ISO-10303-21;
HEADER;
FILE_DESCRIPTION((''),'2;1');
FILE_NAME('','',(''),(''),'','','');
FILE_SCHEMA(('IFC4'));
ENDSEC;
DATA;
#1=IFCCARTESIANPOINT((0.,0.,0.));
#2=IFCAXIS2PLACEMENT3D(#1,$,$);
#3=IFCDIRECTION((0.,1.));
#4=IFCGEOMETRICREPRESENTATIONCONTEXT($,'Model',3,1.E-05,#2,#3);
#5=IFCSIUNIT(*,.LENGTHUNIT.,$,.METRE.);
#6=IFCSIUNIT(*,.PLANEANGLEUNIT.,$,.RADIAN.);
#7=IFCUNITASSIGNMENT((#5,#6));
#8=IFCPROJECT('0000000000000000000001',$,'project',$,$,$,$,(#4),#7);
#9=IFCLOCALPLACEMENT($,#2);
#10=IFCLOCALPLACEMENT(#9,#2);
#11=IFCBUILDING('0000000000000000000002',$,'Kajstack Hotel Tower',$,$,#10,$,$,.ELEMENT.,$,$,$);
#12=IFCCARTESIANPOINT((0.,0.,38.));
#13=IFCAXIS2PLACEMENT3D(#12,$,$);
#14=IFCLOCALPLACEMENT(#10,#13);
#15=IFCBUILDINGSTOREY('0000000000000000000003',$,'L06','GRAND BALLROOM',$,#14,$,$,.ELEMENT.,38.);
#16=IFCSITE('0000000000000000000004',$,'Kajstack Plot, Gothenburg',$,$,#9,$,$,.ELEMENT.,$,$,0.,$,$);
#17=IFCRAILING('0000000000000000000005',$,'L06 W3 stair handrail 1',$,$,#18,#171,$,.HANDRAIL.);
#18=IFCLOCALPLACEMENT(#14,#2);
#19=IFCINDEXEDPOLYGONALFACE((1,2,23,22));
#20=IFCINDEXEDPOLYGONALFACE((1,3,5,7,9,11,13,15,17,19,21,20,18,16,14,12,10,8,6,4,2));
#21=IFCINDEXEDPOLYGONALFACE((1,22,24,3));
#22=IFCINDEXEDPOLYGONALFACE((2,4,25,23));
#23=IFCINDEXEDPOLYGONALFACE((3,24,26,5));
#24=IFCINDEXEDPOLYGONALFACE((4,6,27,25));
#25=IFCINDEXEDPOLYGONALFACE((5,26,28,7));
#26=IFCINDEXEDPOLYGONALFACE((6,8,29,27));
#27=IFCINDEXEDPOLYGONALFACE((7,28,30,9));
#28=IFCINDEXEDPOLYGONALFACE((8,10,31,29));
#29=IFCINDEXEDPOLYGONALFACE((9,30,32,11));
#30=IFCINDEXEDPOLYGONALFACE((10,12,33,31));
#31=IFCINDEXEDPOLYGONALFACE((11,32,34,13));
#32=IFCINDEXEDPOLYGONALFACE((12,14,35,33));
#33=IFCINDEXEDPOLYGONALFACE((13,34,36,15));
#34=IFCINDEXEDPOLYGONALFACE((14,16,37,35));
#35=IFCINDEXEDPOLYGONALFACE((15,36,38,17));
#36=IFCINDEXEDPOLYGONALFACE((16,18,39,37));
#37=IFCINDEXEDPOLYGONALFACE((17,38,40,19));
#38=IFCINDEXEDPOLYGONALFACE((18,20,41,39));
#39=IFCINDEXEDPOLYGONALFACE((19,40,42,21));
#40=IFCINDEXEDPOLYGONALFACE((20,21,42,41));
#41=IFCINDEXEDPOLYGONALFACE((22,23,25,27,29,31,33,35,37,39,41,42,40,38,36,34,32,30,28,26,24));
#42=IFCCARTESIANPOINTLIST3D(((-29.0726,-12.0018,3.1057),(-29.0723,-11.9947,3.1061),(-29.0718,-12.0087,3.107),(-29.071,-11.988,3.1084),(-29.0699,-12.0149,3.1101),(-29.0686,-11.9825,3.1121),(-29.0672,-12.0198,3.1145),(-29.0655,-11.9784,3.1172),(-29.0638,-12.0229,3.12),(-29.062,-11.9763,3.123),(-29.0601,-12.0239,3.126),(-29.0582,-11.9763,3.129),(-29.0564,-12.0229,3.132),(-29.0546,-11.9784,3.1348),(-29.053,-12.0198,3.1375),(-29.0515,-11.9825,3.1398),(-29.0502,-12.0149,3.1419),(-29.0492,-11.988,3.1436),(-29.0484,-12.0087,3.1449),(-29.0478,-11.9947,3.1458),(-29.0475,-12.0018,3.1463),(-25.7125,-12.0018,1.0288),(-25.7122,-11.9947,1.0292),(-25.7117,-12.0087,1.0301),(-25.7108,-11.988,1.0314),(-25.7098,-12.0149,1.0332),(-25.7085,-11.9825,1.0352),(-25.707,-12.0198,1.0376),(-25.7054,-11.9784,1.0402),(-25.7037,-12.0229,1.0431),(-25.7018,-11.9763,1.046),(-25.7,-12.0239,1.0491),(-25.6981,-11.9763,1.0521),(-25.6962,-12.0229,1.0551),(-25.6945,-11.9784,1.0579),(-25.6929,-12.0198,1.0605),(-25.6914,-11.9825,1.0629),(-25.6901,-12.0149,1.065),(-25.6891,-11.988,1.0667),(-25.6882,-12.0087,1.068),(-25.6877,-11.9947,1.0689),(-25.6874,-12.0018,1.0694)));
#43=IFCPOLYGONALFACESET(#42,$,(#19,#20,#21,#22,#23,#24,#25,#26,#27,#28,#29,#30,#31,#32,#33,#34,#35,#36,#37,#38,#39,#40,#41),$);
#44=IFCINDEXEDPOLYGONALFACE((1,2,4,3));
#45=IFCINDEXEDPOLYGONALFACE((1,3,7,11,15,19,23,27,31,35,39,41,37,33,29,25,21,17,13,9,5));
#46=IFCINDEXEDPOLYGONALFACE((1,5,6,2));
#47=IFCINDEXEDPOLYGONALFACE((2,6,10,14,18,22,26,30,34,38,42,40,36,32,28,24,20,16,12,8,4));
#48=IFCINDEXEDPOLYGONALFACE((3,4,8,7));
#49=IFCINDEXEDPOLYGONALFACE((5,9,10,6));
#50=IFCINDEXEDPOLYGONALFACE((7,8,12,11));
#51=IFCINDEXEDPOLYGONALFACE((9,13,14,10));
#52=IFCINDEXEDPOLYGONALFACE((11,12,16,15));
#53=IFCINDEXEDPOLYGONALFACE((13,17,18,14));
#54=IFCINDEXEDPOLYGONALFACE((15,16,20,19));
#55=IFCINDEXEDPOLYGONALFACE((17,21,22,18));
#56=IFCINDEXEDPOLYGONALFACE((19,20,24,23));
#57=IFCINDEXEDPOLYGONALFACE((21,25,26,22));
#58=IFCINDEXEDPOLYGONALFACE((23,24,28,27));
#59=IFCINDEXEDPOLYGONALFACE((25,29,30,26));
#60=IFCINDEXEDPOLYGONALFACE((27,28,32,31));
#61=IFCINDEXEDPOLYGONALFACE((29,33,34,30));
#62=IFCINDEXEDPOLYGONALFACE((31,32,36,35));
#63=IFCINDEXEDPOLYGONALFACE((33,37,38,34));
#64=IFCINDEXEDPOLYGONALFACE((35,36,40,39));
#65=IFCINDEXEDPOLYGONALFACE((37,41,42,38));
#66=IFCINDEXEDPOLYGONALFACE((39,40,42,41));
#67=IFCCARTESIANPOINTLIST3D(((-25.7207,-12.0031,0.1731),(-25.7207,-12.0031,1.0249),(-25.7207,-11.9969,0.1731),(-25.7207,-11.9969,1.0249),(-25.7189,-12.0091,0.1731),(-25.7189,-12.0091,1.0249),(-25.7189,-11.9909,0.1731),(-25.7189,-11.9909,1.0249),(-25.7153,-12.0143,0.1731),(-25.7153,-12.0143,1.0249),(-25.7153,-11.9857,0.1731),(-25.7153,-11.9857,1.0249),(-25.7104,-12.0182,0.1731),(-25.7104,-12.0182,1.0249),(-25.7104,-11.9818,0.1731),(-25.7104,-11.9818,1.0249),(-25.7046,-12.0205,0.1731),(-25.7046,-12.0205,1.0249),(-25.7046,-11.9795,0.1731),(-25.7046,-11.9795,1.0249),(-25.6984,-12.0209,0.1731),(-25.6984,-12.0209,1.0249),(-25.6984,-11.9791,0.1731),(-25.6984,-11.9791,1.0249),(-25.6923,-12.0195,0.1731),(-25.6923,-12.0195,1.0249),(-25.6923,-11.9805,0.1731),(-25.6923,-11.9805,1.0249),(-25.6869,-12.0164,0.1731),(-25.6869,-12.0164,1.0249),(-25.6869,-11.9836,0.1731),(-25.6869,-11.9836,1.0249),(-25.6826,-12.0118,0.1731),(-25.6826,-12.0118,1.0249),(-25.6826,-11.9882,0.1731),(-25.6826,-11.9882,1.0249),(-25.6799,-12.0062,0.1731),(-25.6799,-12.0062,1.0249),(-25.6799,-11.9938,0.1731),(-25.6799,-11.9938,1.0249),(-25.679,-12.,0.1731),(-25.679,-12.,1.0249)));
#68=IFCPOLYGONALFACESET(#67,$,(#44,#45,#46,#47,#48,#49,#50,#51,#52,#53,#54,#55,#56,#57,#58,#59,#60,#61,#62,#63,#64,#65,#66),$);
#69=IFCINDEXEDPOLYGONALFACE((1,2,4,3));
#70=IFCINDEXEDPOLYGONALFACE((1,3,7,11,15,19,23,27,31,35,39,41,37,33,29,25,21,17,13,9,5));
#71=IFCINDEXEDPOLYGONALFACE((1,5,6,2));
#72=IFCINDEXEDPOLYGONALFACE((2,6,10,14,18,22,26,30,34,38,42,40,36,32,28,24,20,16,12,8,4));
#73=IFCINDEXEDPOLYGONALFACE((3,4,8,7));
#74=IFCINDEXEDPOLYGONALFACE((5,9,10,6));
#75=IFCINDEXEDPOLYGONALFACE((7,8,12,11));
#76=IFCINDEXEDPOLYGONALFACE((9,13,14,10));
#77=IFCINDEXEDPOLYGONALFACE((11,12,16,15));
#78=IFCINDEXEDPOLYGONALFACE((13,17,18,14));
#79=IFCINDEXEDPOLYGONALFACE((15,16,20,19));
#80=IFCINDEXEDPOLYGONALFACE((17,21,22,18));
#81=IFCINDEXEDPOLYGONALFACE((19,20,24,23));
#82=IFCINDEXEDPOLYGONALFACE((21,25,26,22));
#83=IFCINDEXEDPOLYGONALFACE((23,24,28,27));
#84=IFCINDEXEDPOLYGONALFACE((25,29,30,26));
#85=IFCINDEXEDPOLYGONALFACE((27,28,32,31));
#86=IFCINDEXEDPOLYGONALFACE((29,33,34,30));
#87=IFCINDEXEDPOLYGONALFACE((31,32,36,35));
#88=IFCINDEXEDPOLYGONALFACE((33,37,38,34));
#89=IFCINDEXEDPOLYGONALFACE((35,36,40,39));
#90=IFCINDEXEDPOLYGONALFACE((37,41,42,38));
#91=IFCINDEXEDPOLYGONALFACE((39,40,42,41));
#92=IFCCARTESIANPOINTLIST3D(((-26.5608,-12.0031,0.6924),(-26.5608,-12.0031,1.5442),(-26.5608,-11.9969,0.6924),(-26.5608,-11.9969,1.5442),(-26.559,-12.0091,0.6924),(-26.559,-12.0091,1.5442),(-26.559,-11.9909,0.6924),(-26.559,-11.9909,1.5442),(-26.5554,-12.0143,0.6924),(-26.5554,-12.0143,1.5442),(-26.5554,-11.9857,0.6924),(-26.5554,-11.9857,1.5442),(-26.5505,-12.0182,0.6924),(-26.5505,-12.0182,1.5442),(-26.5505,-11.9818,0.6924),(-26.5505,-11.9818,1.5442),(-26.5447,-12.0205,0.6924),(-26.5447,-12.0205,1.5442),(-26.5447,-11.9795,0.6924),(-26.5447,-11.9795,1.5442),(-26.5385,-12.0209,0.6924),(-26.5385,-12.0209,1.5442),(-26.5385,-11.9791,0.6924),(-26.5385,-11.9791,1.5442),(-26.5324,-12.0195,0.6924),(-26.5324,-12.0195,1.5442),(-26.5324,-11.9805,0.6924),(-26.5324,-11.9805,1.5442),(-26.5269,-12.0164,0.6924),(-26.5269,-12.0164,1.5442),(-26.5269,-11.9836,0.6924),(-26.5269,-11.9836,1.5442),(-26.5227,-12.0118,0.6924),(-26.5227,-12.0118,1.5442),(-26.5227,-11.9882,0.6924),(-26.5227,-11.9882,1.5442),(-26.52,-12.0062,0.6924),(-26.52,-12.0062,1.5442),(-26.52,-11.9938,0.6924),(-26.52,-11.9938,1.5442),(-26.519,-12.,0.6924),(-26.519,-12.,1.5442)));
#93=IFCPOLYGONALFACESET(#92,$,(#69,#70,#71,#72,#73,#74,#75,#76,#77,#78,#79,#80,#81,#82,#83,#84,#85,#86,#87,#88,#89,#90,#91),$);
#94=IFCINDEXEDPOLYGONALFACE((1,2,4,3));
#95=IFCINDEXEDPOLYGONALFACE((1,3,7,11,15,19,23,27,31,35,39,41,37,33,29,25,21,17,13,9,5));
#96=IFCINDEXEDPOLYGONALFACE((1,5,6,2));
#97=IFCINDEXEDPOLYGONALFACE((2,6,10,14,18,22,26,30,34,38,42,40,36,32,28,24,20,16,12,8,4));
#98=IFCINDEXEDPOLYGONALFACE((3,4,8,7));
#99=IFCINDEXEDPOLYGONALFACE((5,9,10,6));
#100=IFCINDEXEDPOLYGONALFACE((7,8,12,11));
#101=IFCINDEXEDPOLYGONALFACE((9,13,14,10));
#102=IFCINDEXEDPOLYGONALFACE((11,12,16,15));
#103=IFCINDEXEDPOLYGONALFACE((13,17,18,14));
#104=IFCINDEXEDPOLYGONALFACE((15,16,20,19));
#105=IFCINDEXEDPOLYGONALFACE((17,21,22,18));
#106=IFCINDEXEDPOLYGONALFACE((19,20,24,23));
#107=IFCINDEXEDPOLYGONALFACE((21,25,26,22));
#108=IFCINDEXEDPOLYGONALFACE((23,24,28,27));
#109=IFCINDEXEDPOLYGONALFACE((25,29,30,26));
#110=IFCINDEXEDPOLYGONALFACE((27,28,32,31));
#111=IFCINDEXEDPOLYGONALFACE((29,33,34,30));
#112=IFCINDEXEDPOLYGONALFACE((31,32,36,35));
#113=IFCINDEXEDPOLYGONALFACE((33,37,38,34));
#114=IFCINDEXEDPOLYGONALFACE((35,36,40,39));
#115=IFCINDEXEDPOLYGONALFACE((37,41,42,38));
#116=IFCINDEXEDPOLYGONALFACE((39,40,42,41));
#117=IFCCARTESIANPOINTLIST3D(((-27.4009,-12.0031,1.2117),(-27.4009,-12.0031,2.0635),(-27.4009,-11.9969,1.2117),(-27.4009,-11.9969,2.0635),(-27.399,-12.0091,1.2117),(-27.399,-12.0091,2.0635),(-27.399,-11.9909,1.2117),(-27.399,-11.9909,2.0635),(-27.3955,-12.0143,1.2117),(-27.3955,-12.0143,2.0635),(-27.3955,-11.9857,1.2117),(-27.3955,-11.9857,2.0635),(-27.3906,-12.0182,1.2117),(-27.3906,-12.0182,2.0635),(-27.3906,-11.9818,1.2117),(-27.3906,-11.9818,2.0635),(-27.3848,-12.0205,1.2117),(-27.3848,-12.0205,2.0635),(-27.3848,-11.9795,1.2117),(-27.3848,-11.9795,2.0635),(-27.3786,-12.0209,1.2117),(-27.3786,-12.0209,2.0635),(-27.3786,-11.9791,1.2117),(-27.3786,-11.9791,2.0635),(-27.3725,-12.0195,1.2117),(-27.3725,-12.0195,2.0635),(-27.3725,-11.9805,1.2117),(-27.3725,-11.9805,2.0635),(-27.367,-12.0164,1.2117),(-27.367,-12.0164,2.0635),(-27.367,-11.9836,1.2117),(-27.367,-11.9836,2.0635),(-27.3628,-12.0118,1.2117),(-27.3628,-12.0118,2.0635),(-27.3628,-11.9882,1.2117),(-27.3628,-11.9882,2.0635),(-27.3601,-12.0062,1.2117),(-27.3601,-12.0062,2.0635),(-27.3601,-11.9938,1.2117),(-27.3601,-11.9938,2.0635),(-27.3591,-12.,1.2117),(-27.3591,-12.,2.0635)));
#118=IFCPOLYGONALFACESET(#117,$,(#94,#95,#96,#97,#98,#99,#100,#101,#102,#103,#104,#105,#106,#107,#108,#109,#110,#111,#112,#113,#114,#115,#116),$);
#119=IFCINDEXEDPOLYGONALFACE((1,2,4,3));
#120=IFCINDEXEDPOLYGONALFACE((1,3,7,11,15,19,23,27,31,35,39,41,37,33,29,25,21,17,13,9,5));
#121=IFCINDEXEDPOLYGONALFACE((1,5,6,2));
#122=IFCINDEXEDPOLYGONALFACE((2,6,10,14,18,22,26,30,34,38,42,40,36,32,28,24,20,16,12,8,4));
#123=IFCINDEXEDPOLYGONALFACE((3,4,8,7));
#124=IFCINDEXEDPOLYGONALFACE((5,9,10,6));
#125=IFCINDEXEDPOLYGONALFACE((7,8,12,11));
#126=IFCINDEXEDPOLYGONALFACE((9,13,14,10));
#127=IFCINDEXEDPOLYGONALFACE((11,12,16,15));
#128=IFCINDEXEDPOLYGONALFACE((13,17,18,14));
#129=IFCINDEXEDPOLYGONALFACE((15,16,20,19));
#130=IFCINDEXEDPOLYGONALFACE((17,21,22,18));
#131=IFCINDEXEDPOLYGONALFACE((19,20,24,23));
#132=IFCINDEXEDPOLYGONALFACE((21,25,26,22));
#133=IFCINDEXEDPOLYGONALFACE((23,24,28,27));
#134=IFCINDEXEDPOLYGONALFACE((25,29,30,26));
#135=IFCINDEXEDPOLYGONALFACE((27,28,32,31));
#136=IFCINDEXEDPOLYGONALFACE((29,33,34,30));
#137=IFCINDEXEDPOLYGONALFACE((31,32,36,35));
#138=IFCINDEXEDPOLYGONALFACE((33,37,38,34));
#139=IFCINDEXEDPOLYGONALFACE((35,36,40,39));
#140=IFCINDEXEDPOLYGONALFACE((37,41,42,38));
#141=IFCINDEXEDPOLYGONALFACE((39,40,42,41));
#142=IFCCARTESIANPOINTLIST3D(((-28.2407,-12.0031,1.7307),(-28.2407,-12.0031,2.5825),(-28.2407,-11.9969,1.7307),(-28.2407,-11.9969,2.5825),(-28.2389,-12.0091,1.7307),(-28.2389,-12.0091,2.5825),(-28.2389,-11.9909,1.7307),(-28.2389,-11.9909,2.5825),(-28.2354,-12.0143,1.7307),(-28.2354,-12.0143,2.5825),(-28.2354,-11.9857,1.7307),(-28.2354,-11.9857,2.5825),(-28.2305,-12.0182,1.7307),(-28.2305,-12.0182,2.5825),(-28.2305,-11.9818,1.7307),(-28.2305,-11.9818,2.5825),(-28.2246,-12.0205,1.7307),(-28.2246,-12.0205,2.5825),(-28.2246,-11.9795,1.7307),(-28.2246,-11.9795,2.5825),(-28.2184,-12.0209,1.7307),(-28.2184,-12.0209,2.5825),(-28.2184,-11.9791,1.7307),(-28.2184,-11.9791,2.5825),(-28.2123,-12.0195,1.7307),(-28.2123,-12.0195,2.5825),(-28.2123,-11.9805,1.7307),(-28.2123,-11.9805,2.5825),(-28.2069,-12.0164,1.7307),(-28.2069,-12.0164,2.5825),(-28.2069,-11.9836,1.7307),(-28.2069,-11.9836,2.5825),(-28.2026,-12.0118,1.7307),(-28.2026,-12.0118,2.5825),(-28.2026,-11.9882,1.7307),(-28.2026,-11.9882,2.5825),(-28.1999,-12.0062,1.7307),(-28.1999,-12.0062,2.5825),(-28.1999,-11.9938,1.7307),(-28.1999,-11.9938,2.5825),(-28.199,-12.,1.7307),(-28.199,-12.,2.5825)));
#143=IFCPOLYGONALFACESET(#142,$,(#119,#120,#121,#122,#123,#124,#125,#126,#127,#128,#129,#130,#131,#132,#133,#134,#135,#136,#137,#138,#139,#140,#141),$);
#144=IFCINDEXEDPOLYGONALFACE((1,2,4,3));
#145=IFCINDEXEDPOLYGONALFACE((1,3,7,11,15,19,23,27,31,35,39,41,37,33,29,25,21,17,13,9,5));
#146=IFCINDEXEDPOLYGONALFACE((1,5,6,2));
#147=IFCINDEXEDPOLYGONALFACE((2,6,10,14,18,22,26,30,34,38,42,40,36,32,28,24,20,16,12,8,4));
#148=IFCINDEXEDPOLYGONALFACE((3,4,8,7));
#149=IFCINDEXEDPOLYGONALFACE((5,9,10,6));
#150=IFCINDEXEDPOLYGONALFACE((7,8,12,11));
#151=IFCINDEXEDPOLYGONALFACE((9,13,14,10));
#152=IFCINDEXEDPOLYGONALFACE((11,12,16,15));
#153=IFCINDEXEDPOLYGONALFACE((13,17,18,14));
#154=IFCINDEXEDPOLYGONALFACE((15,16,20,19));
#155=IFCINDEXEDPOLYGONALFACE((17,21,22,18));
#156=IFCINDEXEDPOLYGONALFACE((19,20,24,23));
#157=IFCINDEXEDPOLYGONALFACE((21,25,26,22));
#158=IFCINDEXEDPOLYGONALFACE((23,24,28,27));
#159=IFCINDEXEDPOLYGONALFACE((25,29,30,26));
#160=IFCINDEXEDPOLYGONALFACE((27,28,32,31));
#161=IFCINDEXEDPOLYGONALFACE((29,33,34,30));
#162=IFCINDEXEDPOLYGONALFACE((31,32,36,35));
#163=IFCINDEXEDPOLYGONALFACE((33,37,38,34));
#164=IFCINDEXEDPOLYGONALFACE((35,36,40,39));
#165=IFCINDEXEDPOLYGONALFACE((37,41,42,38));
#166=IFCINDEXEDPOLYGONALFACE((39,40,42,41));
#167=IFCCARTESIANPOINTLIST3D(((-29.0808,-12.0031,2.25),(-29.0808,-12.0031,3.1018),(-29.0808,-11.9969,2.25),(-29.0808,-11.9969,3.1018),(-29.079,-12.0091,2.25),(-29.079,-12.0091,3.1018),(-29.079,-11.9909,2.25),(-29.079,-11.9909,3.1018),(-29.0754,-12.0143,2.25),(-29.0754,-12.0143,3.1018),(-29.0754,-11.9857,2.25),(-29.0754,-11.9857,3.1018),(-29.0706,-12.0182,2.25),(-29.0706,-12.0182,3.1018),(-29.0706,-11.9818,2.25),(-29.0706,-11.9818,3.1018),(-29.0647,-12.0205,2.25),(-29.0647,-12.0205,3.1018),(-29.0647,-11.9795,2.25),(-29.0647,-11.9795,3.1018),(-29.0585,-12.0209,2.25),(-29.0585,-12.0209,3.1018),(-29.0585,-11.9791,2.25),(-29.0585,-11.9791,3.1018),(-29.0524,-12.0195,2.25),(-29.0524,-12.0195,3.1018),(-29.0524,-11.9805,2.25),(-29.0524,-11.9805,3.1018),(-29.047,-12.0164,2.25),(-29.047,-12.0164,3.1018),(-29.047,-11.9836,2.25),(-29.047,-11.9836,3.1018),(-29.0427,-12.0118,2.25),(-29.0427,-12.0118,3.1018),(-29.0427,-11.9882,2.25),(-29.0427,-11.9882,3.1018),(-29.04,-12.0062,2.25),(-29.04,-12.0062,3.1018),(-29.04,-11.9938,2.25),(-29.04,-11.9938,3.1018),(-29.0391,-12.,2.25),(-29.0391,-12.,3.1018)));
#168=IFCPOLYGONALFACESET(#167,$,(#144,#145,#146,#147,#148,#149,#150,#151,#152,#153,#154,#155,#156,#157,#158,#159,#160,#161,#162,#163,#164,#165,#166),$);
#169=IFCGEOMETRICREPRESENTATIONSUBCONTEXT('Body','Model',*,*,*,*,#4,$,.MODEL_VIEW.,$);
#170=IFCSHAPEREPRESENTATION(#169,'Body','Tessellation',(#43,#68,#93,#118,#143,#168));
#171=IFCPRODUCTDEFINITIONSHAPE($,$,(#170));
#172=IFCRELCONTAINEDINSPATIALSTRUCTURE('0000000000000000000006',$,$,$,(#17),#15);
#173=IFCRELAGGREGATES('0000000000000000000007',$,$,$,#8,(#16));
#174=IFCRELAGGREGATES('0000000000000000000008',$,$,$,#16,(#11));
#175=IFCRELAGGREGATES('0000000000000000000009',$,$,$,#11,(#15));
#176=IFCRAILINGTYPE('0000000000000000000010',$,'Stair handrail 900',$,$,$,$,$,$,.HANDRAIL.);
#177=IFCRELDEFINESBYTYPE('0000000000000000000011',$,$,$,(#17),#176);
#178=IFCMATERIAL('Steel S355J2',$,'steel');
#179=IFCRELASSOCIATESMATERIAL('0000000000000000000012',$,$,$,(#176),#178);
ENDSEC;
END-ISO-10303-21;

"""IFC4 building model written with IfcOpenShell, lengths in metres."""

from ifc_helpers import new_model, si_unit, direction, frame, origin, origin_2d, place, context, subcontext, project, spatial, circle, extrude, material, type_object, element, save


model = new_model("IFC4")

# Units and contexts
model_context = context("Model", 3, precision=1e-05, world=origin(), true_north=direction((0.0, 1.0)))
body_context = subcontext(model_context, "Body", "Model", "MODEL_VIEW")
ifc_project = project(units=[si_unit("LENGTHUNIT", "METRE"), si_unit("PLANEANGLEUNIT", "RADIAN")], contexts=[model_context])

# Site, building, storey
site_placement = place(None, origin())
site = spatial("IfcSite", under=ifc_project, at=site_placement, Name="Kajstack Plot, Gothenburg", CompositionType="ELEMENT", RefElevation=0.0)
building_placement = place(site_placement, origin())
building = spatial("IfcBuilding", under=site, at=building_placement, Name="Kajstack Hotel Tower", CompositionType="ELEMENT")
storey_placement = place(building_placement, frame((0.0, 0.0, 38.0)))
storey = spatial("IfcBuildingStorey", under=building, at=storey_placement, Name="L06", Description="GRAND BALLROOM", CompositionType="ELEMENT", Elevation=38.0)

# Railing
ifc_material_1 = material(Name="Steel S355J2", Category="steel")
railing_type_1 = type_object("IfcRailingType", Name="Stair handrail 900", PredefinedType="HANDRAIL", material=ifc_material_1)
railing_1_placement = place(storey_placement, frame((-25.7, -12.0, 0.1731)))
element("IfcRailing", 1, at=railing_1_placement, inside=storey, type_object=railing_type_1, Name="L06 W3 stair handrail 1", PredefinedType="HANDRAIL", context=body_context, shape_type="SweptSolid", body=[
    extrude(circle(Radius=0.0239, at=origin_2d()), frame((0.0, 0.0, 0.876), z_axis=(-0.850623, 0.0, 0.525776), x_axis=(0.0, -1.0, 0.0)), (0.0, 0.0, 1.0), 3.9502),
    extrude(circle(Radius=0.021, at=origin_2d()), origin(), (0.0, 0.0, 1.0), 0.8518),
    extrude(circle(Radius=0.021, at=origin_2d()), frame((-0.8401, 0.0, 0.5193)), (0.0, 0.0, 1.0), 0.8518),
    extrude(circle(Radius=0.021, at=origin_2d()), frame((-1.6802, 0.0, 1.0386)), (0.0, 0.0, 1.0), 0.8518),
    extrude(circle(Radius=0.021, at=origin_2d()), frame((-2.52, 0.0, 1.5576)), (0.0, 0.0, 1.0), 0.8518),
    extrude(circle(Radius=0.021, at=origin_2d()), frame((-3.3601, 0.0, 2.0769)), (0.0, 0.0, 1.0), 0.8518),
])

save(model, "model.ifc")
